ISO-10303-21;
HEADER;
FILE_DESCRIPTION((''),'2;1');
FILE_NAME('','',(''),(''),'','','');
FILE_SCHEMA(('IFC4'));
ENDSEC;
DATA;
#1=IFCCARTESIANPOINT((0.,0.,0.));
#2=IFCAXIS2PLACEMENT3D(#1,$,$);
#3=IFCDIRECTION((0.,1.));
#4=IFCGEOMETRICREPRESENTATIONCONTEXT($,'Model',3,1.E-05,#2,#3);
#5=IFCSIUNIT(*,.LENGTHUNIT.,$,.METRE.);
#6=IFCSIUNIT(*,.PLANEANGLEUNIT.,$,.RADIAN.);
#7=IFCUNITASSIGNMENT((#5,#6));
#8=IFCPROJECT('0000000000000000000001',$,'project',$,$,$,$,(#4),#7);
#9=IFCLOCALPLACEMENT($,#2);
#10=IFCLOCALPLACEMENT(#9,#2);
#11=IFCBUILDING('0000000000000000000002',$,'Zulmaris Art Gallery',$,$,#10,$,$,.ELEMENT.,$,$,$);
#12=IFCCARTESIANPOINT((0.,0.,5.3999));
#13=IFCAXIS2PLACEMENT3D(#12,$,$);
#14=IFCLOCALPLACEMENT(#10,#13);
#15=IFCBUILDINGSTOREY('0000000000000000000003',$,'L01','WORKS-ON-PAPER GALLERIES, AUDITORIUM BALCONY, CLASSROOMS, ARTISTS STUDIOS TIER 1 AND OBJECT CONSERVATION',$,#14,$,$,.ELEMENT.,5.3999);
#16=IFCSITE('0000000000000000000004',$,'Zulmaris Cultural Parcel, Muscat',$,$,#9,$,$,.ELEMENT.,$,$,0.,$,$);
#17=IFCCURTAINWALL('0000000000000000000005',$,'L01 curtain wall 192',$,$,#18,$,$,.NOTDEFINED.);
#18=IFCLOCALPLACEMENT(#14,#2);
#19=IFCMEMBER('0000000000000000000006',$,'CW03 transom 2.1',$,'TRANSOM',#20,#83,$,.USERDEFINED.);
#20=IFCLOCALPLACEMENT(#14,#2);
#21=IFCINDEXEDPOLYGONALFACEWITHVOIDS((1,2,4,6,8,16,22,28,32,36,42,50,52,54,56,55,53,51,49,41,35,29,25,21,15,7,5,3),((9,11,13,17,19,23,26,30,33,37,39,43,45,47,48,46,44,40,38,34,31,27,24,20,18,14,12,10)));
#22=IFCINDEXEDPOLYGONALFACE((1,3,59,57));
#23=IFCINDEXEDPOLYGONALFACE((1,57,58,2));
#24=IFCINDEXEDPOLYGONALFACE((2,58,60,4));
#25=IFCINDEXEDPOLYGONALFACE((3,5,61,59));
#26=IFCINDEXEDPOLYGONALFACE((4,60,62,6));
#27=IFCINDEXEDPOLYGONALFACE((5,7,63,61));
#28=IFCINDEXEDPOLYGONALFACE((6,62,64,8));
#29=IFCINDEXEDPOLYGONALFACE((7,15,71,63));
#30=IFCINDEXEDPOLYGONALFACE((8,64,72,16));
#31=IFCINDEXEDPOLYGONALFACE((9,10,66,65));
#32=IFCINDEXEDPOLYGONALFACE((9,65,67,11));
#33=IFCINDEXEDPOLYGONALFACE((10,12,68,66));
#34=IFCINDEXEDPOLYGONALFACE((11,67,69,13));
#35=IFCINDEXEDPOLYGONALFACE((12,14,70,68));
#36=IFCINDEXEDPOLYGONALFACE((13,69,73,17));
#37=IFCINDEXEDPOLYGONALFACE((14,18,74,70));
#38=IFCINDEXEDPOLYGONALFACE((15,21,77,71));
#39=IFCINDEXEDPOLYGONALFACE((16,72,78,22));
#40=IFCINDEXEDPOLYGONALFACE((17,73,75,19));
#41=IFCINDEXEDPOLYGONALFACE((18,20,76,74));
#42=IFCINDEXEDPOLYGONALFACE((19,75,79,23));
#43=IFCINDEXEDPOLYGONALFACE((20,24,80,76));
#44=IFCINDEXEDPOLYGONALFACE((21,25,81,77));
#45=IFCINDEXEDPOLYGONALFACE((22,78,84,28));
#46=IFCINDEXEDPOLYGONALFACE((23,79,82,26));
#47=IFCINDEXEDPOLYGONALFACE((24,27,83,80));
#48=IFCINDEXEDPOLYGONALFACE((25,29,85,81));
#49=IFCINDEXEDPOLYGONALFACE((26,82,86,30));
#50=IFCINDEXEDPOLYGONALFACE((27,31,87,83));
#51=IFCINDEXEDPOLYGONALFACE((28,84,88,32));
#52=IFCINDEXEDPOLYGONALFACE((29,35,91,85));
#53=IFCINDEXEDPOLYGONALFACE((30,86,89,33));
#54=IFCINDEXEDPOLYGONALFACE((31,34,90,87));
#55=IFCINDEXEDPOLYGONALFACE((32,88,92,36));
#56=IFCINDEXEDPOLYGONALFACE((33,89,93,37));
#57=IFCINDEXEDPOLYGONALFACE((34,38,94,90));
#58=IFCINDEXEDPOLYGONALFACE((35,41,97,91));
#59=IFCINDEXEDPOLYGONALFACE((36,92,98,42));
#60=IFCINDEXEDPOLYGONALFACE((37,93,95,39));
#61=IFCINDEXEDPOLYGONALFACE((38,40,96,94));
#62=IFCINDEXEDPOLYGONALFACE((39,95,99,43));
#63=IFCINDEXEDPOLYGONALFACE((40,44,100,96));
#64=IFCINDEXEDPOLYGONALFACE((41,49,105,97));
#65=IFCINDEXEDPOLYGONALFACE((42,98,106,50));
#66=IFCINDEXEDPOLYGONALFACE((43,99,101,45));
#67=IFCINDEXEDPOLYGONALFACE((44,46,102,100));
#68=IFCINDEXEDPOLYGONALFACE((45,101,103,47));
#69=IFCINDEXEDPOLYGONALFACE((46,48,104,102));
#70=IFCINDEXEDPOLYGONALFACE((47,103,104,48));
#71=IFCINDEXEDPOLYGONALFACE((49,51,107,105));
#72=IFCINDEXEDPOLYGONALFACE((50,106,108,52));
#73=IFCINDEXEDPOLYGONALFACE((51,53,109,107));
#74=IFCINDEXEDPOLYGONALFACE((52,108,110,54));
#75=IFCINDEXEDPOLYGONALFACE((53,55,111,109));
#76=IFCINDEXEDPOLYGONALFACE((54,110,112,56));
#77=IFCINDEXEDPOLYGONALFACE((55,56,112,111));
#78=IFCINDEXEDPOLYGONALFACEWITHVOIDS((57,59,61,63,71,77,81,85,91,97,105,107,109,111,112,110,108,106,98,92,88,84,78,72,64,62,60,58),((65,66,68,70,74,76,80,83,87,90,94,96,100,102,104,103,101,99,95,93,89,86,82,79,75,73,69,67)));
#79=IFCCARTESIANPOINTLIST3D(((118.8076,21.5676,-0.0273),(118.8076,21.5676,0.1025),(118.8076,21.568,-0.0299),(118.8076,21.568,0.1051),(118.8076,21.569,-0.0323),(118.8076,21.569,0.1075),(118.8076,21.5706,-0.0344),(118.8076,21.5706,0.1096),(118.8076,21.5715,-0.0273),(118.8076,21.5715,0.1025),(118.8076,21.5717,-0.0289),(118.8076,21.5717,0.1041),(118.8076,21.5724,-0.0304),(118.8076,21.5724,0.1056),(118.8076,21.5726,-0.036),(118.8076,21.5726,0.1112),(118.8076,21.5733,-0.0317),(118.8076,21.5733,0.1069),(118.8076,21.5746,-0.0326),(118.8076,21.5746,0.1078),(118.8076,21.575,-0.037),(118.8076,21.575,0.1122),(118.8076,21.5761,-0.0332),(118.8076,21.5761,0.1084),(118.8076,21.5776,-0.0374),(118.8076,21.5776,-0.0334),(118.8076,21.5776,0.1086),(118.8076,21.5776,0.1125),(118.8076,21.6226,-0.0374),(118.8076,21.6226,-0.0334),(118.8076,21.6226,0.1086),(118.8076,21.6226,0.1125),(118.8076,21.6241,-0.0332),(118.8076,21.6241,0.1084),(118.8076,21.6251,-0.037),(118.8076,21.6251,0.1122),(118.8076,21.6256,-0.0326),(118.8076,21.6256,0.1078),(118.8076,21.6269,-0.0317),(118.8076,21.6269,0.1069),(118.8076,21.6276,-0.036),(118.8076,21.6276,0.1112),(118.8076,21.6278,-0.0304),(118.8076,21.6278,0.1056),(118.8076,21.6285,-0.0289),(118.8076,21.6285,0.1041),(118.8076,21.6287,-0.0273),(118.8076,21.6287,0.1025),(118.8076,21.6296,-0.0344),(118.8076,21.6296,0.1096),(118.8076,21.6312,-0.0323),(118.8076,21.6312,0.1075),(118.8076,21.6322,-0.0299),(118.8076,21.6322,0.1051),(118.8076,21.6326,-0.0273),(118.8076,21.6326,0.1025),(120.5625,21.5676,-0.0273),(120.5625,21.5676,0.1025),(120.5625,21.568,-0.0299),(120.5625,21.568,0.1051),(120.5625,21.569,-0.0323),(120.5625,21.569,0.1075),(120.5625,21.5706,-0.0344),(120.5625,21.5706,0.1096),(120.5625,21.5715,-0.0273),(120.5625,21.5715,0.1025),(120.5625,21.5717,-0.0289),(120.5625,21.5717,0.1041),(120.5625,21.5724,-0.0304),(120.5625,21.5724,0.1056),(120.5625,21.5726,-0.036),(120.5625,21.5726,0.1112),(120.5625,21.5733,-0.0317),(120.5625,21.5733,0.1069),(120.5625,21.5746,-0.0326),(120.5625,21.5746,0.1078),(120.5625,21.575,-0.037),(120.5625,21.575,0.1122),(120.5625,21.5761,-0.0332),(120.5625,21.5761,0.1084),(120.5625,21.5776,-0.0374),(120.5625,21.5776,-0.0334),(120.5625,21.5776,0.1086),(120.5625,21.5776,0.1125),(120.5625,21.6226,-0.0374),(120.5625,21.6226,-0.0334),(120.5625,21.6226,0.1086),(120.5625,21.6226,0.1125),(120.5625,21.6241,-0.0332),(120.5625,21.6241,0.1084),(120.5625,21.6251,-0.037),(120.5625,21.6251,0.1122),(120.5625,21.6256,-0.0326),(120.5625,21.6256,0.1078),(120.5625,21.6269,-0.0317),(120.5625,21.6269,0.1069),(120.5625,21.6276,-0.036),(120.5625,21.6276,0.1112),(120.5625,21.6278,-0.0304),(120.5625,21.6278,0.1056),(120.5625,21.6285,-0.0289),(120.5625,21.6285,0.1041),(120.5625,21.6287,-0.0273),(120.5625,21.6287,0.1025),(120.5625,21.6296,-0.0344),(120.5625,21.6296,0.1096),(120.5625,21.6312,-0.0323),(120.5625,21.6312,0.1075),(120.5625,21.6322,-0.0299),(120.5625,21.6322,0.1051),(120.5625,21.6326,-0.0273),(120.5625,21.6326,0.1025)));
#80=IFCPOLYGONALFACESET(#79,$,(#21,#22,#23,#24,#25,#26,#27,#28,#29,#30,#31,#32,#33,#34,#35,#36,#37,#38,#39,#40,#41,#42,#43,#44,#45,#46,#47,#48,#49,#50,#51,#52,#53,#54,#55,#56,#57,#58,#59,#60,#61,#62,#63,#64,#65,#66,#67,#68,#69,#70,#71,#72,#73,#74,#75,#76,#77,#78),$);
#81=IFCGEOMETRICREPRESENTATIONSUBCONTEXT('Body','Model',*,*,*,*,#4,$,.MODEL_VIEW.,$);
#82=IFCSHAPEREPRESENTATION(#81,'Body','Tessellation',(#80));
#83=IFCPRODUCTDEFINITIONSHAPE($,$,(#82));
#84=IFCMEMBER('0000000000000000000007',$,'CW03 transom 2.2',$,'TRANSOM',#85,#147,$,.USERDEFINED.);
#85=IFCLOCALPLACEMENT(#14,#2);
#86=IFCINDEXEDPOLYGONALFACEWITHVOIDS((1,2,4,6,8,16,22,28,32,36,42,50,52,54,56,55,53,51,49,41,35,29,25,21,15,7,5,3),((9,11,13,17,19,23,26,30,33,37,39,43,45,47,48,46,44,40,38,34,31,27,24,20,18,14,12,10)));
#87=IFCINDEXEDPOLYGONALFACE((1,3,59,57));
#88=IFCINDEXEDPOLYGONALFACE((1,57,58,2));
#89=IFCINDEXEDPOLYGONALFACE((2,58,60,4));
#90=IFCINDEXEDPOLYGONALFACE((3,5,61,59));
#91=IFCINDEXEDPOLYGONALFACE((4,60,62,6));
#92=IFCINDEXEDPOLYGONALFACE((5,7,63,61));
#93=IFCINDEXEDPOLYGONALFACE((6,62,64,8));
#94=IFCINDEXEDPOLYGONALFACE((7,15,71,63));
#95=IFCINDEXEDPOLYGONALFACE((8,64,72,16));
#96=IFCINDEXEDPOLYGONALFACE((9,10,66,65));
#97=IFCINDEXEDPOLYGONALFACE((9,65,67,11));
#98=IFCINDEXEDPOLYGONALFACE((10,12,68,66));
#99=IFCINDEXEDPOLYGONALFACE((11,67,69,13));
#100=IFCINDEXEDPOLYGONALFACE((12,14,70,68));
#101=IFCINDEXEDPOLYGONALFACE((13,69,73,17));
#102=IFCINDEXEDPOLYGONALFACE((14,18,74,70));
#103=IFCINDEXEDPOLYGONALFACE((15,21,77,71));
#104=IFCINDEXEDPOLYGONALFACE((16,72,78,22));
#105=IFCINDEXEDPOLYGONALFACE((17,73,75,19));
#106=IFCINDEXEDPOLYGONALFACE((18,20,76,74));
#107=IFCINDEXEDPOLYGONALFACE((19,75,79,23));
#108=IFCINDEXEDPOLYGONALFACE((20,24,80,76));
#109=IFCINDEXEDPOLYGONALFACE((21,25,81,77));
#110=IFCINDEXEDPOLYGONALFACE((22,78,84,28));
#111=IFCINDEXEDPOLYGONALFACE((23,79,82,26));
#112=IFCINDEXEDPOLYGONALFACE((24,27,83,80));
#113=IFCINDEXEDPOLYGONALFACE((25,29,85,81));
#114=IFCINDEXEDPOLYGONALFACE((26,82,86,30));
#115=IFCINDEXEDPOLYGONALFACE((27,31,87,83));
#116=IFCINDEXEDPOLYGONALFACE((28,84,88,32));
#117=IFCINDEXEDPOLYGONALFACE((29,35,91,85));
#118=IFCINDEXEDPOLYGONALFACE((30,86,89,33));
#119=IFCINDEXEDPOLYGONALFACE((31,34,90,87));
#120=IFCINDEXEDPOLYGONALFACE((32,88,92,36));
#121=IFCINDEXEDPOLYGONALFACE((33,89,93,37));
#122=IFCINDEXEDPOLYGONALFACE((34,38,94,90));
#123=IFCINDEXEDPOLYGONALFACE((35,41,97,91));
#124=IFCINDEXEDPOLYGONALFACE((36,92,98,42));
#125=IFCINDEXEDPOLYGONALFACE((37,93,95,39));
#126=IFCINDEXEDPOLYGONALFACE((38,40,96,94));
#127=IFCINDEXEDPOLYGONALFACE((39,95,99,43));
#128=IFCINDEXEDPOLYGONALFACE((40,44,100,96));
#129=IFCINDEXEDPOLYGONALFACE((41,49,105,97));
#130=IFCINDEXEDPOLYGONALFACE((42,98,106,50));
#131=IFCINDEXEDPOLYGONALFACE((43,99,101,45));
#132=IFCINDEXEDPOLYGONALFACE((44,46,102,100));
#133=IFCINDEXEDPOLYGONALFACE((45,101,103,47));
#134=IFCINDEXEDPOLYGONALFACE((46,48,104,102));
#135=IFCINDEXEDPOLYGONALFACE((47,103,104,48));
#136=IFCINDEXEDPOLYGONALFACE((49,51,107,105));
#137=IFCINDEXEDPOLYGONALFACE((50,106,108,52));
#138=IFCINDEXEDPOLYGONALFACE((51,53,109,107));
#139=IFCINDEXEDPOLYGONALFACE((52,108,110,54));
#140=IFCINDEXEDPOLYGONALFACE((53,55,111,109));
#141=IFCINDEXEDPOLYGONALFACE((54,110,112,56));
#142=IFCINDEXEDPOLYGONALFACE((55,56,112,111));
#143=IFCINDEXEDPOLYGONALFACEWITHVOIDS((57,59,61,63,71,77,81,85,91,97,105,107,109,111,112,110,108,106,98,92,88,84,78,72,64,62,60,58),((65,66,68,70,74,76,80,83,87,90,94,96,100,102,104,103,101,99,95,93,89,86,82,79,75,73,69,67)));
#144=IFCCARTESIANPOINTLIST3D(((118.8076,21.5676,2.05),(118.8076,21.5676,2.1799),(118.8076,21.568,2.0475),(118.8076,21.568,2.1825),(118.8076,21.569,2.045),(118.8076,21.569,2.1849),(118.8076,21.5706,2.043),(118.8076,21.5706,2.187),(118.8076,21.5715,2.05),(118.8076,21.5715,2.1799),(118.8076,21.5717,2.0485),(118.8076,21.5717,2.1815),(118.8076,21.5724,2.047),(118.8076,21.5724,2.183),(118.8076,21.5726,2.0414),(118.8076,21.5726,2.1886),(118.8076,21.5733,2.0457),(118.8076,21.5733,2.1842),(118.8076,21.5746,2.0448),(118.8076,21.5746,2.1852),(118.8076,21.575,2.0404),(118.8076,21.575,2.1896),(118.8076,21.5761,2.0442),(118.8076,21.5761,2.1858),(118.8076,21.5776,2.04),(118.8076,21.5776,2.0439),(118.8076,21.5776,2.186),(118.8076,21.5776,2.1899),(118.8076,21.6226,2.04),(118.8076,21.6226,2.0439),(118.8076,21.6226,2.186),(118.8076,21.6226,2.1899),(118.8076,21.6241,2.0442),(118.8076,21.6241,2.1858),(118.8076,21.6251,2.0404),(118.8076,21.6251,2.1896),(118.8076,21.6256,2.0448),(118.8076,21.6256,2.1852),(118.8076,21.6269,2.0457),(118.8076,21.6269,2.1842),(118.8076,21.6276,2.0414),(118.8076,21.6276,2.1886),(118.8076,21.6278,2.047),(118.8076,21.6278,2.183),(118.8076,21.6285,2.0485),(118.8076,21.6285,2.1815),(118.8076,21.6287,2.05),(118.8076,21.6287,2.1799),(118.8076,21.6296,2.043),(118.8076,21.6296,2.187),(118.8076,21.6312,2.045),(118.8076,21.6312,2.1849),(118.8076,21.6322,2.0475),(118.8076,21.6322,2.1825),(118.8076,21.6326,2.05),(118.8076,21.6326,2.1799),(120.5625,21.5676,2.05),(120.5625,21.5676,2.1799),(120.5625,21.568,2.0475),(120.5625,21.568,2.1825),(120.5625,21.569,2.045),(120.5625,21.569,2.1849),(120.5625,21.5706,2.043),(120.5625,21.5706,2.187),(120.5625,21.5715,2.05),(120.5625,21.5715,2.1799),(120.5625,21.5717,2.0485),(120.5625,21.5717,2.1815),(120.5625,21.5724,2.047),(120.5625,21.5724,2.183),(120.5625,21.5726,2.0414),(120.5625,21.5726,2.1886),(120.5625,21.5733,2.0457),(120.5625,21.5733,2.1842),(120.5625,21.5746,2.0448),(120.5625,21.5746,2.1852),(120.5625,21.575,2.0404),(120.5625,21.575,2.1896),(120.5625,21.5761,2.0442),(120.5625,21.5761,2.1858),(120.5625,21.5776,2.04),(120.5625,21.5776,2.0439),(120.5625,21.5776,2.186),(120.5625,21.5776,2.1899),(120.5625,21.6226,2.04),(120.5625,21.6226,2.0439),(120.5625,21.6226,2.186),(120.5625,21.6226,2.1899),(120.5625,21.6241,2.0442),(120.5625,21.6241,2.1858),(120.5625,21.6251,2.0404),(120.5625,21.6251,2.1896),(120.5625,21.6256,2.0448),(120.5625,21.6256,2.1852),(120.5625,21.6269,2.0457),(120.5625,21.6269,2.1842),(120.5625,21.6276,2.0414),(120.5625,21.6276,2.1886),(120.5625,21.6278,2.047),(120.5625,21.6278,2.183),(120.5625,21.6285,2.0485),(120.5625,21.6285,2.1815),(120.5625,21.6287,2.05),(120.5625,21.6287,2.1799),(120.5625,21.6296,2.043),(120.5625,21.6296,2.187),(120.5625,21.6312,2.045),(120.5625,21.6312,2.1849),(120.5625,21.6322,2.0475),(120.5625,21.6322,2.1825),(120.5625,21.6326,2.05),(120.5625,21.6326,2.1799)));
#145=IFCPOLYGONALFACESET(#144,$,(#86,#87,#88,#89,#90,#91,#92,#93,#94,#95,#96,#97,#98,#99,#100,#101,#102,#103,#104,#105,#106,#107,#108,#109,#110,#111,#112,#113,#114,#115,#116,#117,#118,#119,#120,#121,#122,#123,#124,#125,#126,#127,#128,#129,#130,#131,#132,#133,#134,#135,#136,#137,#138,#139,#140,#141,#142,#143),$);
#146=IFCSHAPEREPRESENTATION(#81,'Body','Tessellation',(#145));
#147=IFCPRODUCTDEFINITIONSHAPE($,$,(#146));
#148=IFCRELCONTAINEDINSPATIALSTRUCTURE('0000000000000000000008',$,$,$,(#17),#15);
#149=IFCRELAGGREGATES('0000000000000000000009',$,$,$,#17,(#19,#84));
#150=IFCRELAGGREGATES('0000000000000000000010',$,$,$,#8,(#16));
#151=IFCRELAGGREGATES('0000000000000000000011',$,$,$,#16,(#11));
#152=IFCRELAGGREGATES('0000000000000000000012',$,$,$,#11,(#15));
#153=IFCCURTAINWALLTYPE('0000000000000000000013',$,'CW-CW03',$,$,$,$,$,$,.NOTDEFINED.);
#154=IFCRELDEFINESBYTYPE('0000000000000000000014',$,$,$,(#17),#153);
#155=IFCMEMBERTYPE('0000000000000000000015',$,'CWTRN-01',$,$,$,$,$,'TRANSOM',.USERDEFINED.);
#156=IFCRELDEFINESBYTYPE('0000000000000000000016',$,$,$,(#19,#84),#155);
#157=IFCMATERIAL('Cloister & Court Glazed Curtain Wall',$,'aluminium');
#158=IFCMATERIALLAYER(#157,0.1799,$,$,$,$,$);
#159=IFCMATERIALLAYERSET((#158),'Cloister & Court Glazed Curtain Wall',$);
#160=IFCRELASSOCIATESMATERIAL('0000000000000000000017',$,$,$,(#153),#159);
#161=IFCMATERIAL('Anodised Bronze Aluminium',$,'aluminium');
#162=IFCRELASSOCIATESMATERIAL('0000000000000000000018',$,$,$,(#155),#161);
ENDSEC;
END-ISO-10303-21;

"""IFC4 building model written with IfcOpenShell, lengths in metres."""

from ifc_helpers import new_model, si_unit, direction, frame, origin, origin_2d, place, context, subcontext, project, spatial, hollow_rectangle, extrude, material, layer, layer_set, material_profile, profile_set, type_object, element, aggregate, save


model = new_model("IFC4")

# Units and contexts
model_context = context("Model", 3, precision=1e-05, world=origin(), true_north=direction((0.0, 1.0)))
body_context = subcontext(model_context, "Body", "Model", "MODEL_VIEW")
ifc_project = project(units=[si_unit("LENGTHUNIT", "METRE"), si_unit("PLANEANGLEUNIT", "RADIAN")], contexts=[model_context])

# Site, building, storey
site_placement = place(None, origin())
site = spatial("IfcSite", under=ifc_project, at=site_placement, Name="Zulmaris Cultural Parcel, Muscat", CompositionType="ELEMENT", RefElevation=0.0)
building_placement = place(site_placement, origin())
building = spatial("IfcBuilding", under=site, at=building_placement, Name="Zulmaris Art Gallery", CompositionType="ELEMENT")
storey_placement = place(building_placement, frame((0.0, 0.0, 5.3999)))
storey = spatial("IfcBuildingStorey", under=building, at=storey_placement, Name="L01", Description="WORKS-ON-PAPER GALLERIES, AUDITORIUM BALCONY, CLASSROOMS, ARTISTS STUDIOS TIER 1 AND OBJECT CONSERVATION", CompositionType="ELEMENT", Elevation=5.3999)

# Shared definitions
ifc_material_1 = material(Name="Cloister & Court Glazed Curtain Wall", Category="aluminium")
ifc_layer_1 = layer(ifc_material_1, 0.1799)
ifc_layer_set_1 = layer_set([ifc_layer_1], Name="Cloister & Court Glazed Curtain Wall")
curtain_wall_type = type_object("IfcCurtainWallType", Name="CW-CW03", PredefinedType="NOTDEFINED", material=ifc_layer_set_1)
ifc_material_2 = material(Name="Anodised Bronze Aluminium", Category="aluminium")

# Curtain wall
curtain_wall_1_placement = place(storey_placement, origin())
curtain_wall_1 = element("IfcCurtainWall", 1, at=curtain_wall_1_placement, inside=storey, type_object=curtain_wall_type, Name="L01 curtain wall 192", PredefinedType="NOTDEFINED")

# Members
ifc_material_profile_1 = material_profile(ifc_material_2, hollow_rectangle(XDim=0.0649, YDim=0.1499, WallThickness=0.0039, InnerFilletRadius=0.0061, OuterFilletRadius=0.01, at=origin_2d()), Name="ALU 65x150x4")
ifc_profile_set_1 = profile_set([ifc_material_profile_1], Name="Anodised Bronze Aluminium")
member_type_1 = type_object("IfcMemberType", Name="CWTRN-01", ElementType="TRANSOM", PredefinedType="USERDEFINED", material=ifc_profile_set_1)
member_1_placement = place(storey_placement, frame((118.8076, 21.6001, 0.0376), z_axis=(1.0, 0.0, 0.0), x_axis=(0.0, 1.0, 0.0)))
member_1 = element("IfcMember", 2, at=member_1_placement, type_object=member_type_1, Name="CW03 transom 2.1", ObjectType="TRANSOM", PredefinedType="USERDEFINED", context=body_context, shape_type="SweptSolid", body=[
    extrude(hollow_rectangle(XDim=0.0649, YDim=0.1499, WallThickness=0.0039, InnerFilletRadius=0.0061, OuterFilletRadius=0.01, at=origin_2d()), origin(), (0.0, 0.0, 1.0), 1.7549),
])
member_2_placement = place(storey_placement, frame((118.8076, 21.6001, 2.115), z_axis=(1.0, 0.0, 0.0), x_axis=(0.0, 1.0, 0.0)))
member_2 = element("IfcMember", 3, at=member_2_placement, type_object=member_type_1, Name="CW03 transom 2.2", ObjectType="TRANSOM", PredefinedType="USERDEFINED", context=body_context, shape_type="SweptSolid", body=[
    extrude(hollow_rectangle(XDim=0.0649, YDim=0.1499, WallThickness=0.0039, InnerFilletRadius=0.0061, OuterFilletRadius=0.01, at=origin_2d()), origin(), (0.0, 0.0, 1.0), 1.7549),
])

aggregate(curtain_wall_1, [member_1, member_2])

save(model, "model.ifc")
